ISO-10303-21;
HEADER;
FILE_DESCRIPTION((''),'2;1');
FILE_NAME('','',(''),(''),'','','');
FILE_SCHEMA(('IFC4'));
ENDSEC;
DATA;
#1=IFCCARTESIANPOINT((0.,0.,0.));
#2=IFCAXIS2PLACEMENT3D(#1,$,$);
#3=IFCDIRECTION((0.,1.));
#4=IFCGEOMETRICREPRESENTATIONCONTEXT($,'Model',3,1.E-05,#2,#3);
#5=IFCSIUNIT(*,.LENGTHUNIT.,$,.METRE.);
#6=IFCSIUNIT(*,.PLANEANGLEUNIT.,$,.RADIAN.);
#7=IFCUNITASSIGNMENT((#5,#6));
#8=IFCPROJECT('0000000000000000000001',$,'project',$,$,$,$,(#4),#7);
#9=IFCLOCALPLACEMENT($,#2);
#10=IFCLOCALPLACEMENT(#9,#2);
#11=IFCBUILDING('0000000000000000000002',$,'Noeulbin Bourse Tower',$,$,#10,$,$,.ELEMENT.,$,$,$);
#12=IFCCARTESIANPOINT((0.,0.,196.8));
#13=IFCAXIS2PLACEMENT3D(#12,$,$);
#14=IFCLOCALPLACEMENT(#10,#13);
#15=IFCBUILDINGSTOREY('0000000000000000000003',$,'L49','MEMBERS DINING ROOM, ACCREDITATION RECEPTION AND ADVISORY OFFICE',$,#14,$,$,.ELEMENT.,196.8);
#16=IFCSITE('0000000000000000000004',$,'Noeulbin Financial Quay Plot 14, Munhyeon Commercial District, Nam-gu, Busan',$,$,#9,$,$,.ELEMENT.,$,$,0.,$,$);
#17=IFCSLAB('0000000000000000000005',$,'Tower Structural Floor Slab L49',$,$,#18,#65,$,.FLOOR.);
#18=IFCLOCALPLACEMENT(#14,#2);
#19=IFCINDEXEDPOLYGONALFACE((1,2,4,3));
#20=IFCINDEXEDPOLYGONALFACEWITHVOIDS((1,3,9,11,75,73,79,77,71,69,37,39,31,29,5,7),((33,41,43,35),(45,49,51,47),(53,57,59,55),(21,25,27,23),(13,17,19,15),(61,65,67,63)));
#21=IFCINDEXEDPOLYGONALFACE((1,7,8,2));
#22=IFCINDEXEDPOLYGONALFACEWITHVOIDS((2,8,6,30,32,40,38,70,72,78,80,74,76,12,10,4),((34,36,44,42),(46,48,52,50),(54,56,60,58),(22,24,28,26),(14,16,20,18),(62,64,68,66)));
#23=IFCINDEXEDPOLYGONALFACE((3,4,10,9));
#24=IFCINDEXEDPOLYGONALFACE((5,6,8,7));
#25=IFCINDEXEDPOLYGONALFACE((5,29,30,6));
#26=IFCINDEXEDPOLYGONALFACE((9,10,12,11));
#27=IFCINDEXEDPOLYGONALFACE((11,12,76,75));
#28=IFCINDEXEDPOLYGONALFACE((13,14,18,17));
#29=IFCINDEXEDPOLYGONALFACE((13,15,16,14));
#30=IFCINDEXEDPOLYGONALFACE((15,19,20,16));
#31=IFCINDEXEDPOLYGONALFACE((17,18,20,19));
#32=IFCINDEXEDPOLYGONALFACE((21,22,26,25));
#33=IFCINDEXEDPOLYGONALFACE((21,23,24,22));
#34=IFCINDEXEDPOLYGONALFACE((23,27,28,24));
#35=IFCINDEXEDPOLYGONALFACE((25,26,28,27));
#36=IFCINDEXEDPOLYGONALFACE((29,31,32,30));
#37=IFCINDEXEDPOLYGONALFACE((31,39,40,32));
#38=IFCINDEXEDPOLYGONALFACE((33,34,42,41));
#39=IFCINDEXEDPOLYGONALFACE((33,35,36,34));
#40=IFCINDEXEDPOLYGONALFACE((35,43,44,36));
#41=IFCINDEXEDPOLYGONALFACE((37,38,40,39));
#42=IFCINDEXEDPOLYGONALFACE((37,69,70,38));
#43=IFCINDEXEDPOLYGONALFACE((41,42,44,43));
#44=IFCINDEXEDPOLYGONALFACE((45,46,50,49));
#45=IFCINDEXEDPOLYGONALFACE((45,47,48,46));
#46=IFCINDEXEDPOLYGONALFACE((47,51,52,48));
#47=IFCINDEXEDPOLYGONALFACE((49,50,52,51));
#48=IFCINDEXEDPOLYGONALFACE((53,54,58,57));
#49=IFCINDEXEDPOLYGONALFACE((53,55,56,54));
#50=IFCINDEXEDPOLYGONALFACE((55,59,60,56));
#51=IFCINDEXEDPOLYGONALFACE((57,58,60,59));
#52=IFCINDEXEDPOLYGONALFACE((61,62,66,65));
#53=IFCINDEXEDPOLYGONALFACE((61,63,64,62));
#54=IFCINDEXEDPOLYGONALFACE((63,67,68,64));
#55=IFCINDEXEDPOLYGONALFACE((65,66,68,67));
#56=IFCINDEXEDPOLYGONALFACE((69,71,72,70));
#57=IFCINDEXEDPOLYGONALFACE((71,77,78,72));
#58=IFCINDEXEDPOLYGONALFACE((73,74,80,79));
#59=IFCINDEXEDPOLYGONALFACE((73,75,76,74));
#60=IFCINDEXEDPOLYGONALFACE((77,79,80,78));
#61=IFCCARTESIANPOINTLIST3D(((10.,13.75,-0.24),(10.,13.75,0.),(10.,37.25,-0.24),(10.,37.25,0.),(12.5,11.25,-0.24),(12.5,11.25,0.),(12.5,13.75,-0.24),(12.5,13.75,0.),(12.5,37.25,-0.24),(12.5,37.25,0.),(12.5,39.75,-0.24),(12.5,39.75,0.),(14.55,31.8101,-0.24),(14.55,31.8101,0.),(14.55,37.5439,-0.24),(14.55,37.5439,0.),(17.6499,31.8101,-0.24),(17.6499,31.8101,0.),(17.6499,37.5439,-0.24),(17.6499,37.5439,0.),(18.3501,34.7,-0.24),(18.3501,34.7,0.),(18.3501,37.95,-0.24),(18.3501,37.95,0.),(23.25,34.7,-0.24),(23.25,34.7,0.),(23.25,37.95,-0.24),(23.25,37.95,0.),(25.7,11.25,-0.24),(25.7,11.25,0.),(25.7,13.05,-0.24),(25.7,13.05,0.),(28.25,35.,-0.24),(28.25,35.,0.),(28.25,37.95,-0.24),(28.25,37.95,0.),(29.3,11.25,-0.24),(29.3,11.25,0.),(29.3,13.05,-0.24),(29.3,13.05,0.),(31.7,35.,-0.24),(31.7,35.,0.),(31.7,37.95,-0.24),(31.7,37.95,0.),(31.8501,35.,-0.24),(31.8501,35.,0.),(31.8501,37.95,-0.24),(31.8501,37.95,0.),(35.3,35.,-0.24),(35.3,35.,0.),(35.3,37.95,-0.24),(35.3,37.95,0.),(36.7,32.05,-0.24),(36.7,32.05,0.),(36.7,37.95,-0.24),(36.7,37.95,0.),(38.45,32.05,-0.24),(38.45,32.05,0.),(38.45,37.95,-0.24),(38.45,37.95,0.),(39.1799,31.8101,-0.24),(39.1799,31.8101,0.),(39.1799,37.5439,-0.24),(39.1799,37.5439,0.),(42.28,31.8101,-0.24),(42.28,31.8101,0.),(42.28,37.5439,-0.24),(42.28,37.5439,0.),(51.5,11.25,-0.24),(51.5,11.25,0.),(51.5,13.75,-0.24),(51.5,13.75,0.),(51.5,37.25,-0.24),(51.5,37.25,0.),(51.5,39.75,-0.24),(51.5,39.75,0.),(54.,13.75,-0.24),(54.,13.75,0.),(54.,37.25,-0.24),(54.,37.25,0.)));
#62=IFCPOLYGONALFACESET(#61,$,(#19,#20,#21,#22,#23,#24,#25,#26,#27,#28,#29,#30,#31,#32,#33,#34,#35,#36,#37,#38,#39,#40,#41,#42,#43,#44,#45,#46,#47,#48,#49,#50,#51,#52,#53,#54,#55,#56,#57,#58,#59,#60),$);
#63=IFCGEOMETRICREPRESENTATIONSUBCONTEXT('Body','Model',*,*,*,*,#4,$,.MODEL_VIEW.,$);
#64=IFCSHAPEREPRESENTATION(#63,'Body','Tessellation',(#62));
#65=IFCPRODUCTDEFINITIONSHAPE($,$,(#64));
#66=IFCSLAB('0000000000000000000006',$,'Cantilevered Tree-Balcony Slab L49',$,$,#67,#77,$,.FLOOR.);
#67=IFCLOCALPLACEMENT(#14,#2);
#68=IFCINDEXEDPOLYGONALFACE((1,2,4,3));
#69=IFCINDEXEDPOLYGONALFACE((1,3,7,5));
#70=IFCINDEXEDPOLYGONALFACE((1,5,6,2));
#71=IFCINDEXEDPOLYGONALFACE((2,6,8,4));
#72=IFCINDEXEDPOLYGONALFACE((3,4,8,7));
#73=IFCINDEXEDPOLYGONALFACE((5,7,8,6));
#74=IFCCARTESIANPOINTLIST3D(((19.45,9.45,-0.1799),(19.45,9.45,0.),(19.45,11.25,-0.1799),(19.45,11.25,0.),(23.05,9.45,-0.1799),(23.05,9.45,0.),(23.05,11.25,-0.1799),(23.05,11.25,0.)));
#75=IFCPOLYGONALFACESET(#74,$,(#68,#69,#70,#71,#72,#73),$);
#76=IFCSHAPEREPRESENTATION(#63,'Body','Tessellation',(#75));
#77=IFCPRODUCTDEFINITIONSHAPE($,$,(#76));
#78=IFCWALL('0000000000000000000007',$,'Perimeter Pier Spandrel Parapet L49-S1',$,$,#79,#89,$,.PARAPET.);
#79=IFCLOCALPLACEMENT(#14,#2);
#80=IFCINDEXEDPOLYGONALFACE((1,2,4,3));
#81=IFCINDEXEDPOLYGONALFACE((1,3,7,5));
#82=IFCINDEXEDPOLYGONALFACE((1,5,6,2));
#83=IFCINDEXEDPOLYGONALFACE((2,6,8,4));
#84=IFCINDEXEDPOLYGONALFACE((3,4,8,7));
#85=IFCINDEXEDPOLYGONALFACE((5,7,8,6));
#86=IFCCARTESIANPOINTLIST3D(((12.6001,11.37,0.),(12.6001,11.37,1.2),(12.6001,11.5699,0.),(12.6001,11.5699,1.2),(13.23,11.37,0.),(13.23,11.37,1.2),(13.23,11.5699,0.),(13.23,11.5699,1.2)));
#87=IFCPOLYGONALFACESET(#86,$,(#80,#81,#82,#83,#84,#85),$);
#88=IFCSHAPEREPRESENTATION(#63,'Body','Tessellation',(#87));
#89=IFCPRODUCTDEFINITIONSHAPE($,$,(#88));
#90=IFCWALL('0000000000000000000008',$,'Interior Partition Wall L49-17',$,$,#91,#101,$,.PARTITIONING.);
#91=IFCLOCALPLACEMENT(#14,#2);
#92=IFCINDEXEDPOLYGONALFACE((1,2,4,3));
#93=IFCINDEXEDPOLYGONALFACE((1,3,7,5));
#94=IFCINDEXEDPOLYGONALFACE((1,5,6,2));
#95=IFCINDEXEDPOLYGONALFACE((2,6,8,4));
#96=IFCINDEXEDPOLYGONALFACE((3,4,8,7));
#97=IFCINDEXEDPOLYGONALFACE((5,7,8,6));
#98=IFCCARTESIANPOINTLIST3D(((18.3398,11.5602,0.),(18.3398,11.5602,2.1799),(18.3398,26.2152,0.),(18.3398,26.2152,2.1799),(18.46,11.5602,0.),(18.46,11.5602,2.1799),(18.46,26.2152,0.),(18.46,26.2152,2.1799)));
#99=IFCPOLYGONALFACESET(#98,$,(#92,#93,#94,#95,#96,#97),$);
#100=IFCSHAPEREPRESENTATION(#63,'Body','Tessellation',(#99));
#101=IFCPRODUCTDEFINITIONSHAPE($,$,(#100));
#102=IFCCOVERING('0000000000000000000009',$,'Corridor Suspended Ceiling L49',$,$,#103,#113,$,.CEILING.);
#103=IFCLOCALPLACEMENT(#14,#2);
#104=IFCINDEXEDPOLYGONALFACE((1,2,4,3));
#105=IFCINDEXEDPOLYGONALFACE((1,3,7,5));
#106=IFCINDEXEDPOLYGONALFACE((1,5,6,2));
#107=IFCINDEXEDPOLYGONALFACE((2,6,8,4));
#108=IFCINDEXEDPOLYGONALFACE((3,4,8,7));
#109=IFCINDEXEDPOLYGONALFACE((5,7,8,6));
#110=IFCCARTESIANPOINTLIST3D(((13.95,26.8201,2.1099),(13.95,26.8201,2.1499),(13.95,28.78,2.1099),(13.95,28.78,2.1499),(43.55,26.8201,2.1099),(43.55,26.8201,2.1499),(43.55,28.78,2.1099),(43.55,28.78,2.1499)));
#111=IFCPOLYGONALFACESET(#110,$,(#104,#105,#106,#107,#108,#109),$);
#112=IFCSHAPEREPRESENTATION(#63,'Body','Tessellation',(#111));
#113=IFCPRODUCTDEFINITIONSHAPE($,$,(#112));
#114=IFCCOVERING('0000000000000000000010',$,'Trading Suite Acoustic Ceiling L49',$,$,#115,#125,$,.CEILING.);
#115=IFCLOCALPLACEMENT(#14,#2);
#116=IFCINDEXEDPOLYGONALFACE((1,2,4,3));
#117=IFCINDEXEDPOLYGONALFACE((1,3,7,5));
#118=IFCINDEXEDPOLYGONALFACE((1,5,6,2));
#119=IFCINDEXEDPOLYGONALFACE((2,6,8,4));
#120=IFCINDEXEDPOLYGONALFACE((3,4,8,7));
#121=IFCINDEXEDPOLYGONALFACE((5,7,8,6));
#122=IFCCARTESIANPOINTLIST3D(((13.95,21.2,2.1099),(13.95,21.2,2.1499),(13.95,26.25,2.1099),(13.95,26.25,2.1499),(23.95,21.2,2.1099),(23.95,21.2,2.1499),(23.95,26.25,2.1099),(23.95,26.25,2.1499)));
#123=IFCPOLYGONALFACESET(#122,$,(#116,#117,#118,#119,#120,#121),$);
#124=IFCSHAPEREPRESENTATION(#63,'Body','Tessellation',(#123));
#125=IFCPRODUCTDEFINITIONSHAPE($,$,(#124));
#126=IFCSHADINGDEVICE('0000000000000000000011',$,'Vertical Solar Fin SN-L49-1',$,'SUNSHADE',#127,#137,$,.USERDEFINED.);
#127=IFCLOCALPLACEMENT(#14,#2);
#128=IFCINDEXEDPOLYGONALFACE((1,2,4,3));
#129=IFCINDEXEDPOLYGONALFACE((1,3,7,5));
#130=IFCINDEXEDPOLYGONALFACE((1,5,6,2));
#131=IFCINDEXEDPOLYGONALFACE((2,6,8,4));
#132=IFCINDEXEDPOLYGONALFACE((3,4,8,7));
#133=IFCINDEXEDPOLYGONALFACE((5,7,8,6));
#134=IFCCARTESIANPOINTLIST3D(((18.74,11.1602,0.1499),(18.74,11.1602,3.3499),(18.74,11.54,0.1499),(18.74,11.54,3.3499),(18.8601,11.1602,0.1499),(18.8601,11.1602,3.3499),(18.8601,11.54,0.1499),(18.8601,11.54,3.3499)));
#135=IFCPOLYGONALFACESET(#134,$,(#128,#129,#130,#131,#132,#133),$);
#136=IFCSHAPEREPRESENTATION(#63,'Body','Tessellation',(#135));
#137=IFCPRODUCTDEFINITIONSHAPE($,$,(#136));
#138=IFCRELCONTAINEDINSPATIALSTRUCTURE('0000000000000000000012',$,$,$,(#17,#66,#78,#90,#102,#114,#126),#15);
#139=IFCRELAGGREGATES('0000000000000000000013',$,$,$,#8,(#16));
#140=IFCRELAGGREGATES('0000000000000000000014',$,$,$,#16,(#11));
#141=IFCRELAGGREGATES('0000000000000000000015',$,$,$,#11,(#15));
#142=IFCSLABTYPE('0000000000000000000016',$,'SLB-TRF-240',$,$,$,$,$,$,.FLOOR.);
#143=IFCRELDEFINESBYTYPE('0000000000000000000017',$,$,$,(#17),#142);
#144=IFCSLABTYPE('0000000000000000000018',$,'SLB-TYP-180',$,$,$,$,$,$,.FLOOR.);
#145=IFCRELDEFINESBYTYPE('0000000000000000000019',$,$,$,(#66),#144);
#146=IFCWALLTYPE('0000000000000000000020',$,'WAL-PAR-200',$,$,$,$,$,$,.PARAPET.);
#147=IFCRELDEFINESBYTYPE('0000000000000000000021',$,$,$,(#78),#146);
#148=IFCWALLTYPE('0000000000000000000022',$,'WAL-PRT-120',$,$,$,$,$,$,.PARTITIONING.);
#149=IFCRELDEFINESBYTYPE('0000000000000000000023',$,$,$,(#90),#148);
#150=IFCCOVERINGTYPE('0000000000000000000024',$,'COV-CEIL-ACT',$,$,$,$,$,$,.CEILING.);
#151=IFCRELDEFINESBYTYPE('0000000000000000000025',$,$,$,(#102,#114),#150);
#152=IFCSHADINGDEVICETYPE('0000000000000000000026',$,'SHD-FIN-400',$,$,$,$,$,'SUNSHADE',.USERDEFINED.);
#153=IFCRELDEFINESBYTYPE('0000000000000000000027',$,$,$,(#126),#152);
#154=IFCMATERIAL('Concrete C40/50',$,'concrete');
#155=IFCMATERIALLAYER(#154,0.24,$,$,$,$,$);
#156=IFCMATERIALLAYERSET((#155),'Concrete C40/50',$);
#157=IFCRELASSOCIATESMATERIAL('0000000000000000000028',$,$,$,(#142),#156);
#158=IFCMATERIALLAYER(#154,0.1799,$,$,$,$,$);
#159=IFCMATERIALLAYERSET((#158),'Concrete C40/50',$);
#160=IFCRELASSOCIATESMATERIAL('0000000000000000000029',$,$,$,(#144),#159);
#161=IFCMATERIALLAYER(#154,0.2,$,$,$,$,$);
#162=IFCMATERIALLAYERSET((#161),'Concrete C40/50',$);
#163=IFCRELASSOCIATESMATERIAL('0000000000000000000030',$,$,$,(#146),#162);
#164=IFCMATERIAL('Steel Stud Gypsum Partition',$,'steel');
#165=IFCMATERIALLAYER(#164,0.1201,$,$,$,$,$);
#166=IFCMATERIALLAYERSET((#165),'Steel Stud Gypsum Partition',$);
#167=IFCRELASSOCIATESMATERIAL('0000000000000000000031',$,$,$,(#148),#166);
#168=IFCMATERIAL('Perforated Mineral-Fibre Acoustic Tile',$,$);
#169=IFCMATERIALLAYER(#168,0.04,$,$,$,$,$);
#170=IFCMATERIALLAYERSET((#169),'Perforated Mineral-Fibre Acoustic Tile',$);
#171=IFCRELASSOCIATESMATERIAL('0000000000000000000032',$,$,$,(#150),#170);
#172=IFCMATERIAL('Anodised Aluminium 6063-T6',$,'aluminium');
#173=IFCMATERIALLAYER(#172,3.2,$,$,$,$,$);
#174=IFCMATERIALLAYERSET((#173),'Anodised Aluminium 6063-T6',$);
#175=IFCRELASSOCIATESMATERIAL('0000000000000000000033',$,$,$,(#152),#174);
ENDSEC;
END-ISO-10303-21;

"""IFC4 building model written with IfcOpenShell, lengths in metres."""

from ifc_helpers import new_model, si_unit, direction, frame, frame_2d, origin, origin_2d, place, context, subcontext, project, spatial, polyline, rectangle, outline, extrude, material, layer, layer_set, type_object, element, save


model = new_model("IFC4")

# Units and contexts
model_context = context("Model", 3, precision=1e-05, world=origin(), true_north=direction((0.0, 1.0)))
body_context = subcontext(model_context, "Body", "Model", "MODEL_VIEW")
ifc_project = project(units=[si_unit("LENGTHUNIT", "METRE"), si_unit("PLANEANGLEUNIT", "RADIAN")], contexts=[model_context])

# Site, building, storey
site_placement = place(None, origin())
site = spatial("IfcSite", under=ifc_project, at=site_placement, Name="Noeulbin Financial Quay Plot 14, Munhyeon Commercial District, Nam-gu, Busan", CompositionType="ELEMENT", RefElevation=0.0)
building_placement = place(site_placement, origin())
building = spatial("IfcBuilding", under=site, at=building_placement, Name="Noeulbin Bourse Tower", CompositionType="ELEMENT")
storey_placement = place(building_placement, frame((0.0, 0.0, 196.8)))
storey = spatial("IfcBuildingStorey", under=building, at=storey_placement, Name="L49", Description="MEMBERS DINING ROOM, ACCREDITATION RECEPTION AND ADVISORY OFFICE", CompositionType="ELEMENT", Elevation=196.8)

# Shared definitions
ifc_material_1 = material(Name="Anodised Aluminium 6063-T6", Category="aluminium")

# Shared definitions
ifc_material_2 = material(Name="Concrete C40/50", Category="concrete")

# Slab, openings
ifc_layer_1 = layer(ifc_material_2, 0.24)
ifc_layer_set_1 = layer_set([ifc_layer_1], Name="Concrete C40/50")
slab_type_1 = type_object("IfcSlabType", Name="SLB-TRF-240", PredefinedType="FLOOR", material=ifc_layer_set_1)
slab_1_placement = place(storey_placement, frame((0.0, 0.0, -0.24)))
slab_1 = element("IfcSlab", 1, at=slab_1_placement, inside=storey, type_object=slab_type_1, Name="Tower Structural Floor Slab L49", PredefinedType="FLOOR", context=body_context, shape_type="SweptSolid", body=[
    extrude(outline(polyline([(12.5, 11.25), (25.7, 11.25), (25.7, 13.05), (29.3, 13.05), (29.3, 11.25), (51.5, 11.25), (51.5, 13.75), (54.0, 13.75), (54.0, 37.25), (51.5, 37.25), (51.5, 39.75), (12.5, 39.75), (12.5, 37.25), (10.0, 37.25), (10.0, 13.75), (12.5, 13.75), (12.5, 11.25)]), holes=[polyline([(17.6499, 31.8101), (17.6499, 37.5439), (14.55, 37.5439), (14.55, 31.8101), (17.6499, 31.8101)]), polyline([(42.28, 31.8101), (42.28, 37.5439), (39.1799, 37.5439), (39.1799, 31.8101), (42.28, 31.8101)]), polyline([(18.3501, 34.7), (23.25, 34.7), (23.25, 37.95), (18.3501, 37.95), (18.3501, 34.7)]), polyline([(36.7, 32.05), (38.45, 32.05), (38.45, 37.95), (36.7, 37.95), (36.7, 32.05)]), polyline([(28.25, 35.0), (31.7, 35.0), (31.7, 37.95), (28.25, 37.95), (28.25, 35.0)]), polyline([(31.8501, 35.0), (35.3, 35.0), (35.3, 37.95), (31.8501, 37.95), (31.8501, 35.0)])]), origin(), (0.0, 0.0, 1.0), 0.24),
])
opening_1_placement = place(slab_1_placement, frame((0.0, 0.0, -0.01)))
element("IfcOpeningElement", 2, at=opening_1_placement, cuts=slab_1, PredefinedType="OPENING", context=body_context, shape_type="SweptSolid", body=[
    extrude(outline(polyline([(17.6499, 31.8101), (17.6499, 37.5439), (14.55, 37.5439), (14.55, 31.8101), (17.6499, 31.8101)])), origin(), (0.0, 0.0, 1.0), 0.26),
])
opening_2_placement = place(slab_1_placement, frame((0.0, 0.0, -0.01)))
element("IfcOpeningElement", 3, at=opening_2_placement, cuts=slab_1, PredefinedType="OPENING", context=body_context, shape_type="SweptSolid", body=[
    extrude(outline(polyline([(42.28, 31.8101), (42.28, 37.5439), (39.1799, 37.5439), (39.1799, 31.8101), (42.28, 31.8101)])), origin(), (0.0, 0.0, 1.0), 0.26),
])
opening_3_placement = place(slab_1_placement, frame((0.0, 0.0, -0.01)))
element("IfcOpeningElement", 4, at=opening_3_placement, cuts=slab_1, PredefinedType="OPENING", context=body_context, shape_type="SweptSolid", body=[
    extrude(outline(polyline([(18.3501, 34.7), (23.25, 34.7), (23.25, 37.95), (18.3501, 37.95), (18.3501, 34.7)])), origin(), (0.0, 0.0, 1.0), 0.26),
])
opening_4_placement = place(slab_1_placement, frame((0.0, 0.0, -0.01)))
element("IfcOpeningElement", 5, at=opening_4_placement, cuts=slab_1, PredefinedType="OPENING", context=body_context, shape_type="SweptSolid", body=[
    extrude(outline(polyline([(36.7, 32.05), (38.45, 32.05), (38.45, 37.95), (36.7, 37.95), (36.7, 32.05)])), origin(), (0.0, 0.0, 1.0), 0.26),
])
opening_5_placement = place(slab_1_placement, frame((0.0, 0.0, -0.01)))
element("IfcOpeningElement", 6, at=opening_5_placement, cuts=slab_1, PredefinedType="OPENING", context=body_context, shape_type="SweptSolid", body=[
    extrude(outline(polyline([(28.25, 35.0), (31.7, 35.0), (31.7, 37.95), (28.25, 37.95), (28.25, 35.0)])), origin(), (0.0, 0.0, 1.0), 0.26),
])
opening_6_placement = place(slab_1_placement, frame((0.0, 0.0, -0.01)))
element("IfcOpeningElement", 7, at=opening_6_placement, cuts=slab_1, PredefinedType="OPENING", context=body_context, shape_type="SweptSolid", body=[
    extrude(outline(polyline([(31.8501, 35.0), (35.3, 35.0), (35.3, 37.95), (31.8501, 37.95), (31.8501, 35.0)])), origin(), (0.0, 0.0, 1.0), 0.26),
])

# Slab
ifc_layer_2 = layer(ifc_material_2, 0.1799)
ifc_layer_set_2 = layer_set([ifc_layer_2], Name="Concrete C40/50")
slab_type_2 = type_object("IfcSlabType", Name="SLB-TYP-180", PredefinedType="FLOOR", material=ifc_layer_set_2)
slab_2_placement = place(storey_placement, frame((0.0, 0.0, -0.1799)))
element("IfcSlab", 8, at=slab_2_placement, inside=storey, type_object=slab_type_2, Name="Cantilevered Tree-Balcony Slab L49", PredefinedType="FLOOR", context=body_context, shape_type="SweptSolid", body=[
    extrude(outline(polyline([(19.45, 9.45), (23.05, 9.45), (23.05, 11.25), (19.45, 11.25), (19.45, 9.45)])), origin(), (0.0, 0.0, 1.0), 0.1799),
])

# Walls
ifc_layer_3 = layer(ifc_material_2, 0.2)
ifc_layer_set_3 = layer_set([ifc_layer_3], Name="Concrete C40/50")
wall_type_1 = type_object("IfcWallType", Name="WAL-PAR-200", PredefinedType="PARAPET", material=ifc_layer_set_3)
wall_1_placement = place(storey_placement, frame((12.6001, 11.47, 0.0), z_axis=(0.0, 0.0, 1.0), x_axis=(1.0, 0.0, 0.0)))
element("IfcWall", 9, at=wall_1_placement, inside=storey, type_object=wall_type_1, Name="Perimeter Pier Spandrel Parapet L49-S1", PredefinedType="PARAPET", context=body_context, shape_type="SweptSolid", body=[
    extrude(rectangle(XDim=0.6299, YDim=0.2, at=frame_2d((0.3149, 0.0))), origin(), (0.0, 0.0, 1.0), 1.2),
])
ifc_material_3 = material(Name="Steel Stud Gypsum Partition", Category="steel")
ifc_layer_4 = layer(ifc_material_3, 0.1201)
ifc_layer_set_4 = layer_set([ifc_layer_4], Name="Steel Stud Gypsum Partition")
wall_type_2 = type_object("IfcWallType", Name="WAL-PRT-120", PredefinedType="PARTITIONING", material=ifc_layer_set_4)
wall_2_placement = place(storey_placement, frame((18.3999, 11.5601, 0.0), z_axis=(0.0, 0.0, 1.0), x_axis=(0.0, 1.0, 0.0)))
element("IfcWall", 10, at=wall_2_placement, inside=storey, type_object=wall_type_2, Name="Interior Partition Wall L49-17", PredefinedType="PARTITIONING", context=body_context, shape_type="SweptSolid", body=[
    extrude(rectangle(XDim=14.655, YDim=0.1201, at=frame_2d((7.3276, 0.0))), origin(), (0.0, 0.0, 1.0), 2.1799),
])

# Coverings
ifc_material_4 = material(Name="Perforated Mineral-Fibre Acoustic Tile")
ifc_layer_5 = layer(ifc_material_4, 0.04)
ifc_layer_set_5 = layer_set([ifc_layer_5], Name="Perforated Mineral-Fibre Acoustic Tile")
covering_type = type_object("IfcCoveringType", Name="COV-CEIL-ACT", PredefinedType="CEILING", material=ifc_layer_set_5)
covering_1_placement = place(storey_placement, frame((0.0, 0.0, 2.1099)))
element("IfcCovering", 11, at=covering_1_placement, inside=storey, type_object=covering_type, Name="Corridor Suspended Ceiling L49", PredefinedType="CEILING", context=body_context, shape_type="SweptSolid", body=[
    extrude(outline(polyline([(13.95, 26.8201), (43.55, 26.8201), (43.55, 28.78), (13.95, 28.78), (13.95, 26.8201)])), origin(), (0.0, 0.0, 1.0), 0.04),
])
covering_2_placement = place(storey_placement, frame((0.0, 0.0, 2.1099)))
element("IfcCovering", 12, at=covering_2_placement, inside=storey, type_object=covering_type, Name="Trading Suite Acoustic Ceiling L49", PredefinedType="CEILING", context=body_context, shape_type="SweptSolid", body=[
    extrude(outline(polyline([(13.95, 21.2), (23.95, 21.2), (23.95, 26.25), (13.95, 26.25), (13.95, 21.2)])), origin(), (0.0, 0.0, 1.0), 0.04),
])

# Shading device
ifc_layer_6 = layer(ifc_material_1, 3.2)
ifc_layer_set_6 = layer_set([ifc_layer_6], Name="Anodised Aluminium 6063-T6")
shading_device_type = type_object("IfcShadingDeviceType", Name="SHD-FIN-400", ElementType="SUNSHADE", PredefinedType="USERDEFINED", material=ifc_layer_set_6)
shading_device_placement = place(storey_placement, frame((18.8, 11.3501, 0.1499), z_axis=(0.0, 0.0, 1.0), x_axis=(1.0, 0.0, 0.0)))
element("IfcShadingDevice", 13, at=shading_device_placement, inside=storey, type_object=shading_device_type, Name="Vertical Solar Fin SN-L49-1", ObjectType="SUNSHADE", PredefinedType="USERDEFINED", context=body_context, shape_type="SweptSolid", body=[
    extrude(rectangle(XDim=0.1201, YDim=0.3799, at=origin_2d()), origin(), (0.0, 0.0, 1.0), 3.2),
])

save(model, "model.ifc")
